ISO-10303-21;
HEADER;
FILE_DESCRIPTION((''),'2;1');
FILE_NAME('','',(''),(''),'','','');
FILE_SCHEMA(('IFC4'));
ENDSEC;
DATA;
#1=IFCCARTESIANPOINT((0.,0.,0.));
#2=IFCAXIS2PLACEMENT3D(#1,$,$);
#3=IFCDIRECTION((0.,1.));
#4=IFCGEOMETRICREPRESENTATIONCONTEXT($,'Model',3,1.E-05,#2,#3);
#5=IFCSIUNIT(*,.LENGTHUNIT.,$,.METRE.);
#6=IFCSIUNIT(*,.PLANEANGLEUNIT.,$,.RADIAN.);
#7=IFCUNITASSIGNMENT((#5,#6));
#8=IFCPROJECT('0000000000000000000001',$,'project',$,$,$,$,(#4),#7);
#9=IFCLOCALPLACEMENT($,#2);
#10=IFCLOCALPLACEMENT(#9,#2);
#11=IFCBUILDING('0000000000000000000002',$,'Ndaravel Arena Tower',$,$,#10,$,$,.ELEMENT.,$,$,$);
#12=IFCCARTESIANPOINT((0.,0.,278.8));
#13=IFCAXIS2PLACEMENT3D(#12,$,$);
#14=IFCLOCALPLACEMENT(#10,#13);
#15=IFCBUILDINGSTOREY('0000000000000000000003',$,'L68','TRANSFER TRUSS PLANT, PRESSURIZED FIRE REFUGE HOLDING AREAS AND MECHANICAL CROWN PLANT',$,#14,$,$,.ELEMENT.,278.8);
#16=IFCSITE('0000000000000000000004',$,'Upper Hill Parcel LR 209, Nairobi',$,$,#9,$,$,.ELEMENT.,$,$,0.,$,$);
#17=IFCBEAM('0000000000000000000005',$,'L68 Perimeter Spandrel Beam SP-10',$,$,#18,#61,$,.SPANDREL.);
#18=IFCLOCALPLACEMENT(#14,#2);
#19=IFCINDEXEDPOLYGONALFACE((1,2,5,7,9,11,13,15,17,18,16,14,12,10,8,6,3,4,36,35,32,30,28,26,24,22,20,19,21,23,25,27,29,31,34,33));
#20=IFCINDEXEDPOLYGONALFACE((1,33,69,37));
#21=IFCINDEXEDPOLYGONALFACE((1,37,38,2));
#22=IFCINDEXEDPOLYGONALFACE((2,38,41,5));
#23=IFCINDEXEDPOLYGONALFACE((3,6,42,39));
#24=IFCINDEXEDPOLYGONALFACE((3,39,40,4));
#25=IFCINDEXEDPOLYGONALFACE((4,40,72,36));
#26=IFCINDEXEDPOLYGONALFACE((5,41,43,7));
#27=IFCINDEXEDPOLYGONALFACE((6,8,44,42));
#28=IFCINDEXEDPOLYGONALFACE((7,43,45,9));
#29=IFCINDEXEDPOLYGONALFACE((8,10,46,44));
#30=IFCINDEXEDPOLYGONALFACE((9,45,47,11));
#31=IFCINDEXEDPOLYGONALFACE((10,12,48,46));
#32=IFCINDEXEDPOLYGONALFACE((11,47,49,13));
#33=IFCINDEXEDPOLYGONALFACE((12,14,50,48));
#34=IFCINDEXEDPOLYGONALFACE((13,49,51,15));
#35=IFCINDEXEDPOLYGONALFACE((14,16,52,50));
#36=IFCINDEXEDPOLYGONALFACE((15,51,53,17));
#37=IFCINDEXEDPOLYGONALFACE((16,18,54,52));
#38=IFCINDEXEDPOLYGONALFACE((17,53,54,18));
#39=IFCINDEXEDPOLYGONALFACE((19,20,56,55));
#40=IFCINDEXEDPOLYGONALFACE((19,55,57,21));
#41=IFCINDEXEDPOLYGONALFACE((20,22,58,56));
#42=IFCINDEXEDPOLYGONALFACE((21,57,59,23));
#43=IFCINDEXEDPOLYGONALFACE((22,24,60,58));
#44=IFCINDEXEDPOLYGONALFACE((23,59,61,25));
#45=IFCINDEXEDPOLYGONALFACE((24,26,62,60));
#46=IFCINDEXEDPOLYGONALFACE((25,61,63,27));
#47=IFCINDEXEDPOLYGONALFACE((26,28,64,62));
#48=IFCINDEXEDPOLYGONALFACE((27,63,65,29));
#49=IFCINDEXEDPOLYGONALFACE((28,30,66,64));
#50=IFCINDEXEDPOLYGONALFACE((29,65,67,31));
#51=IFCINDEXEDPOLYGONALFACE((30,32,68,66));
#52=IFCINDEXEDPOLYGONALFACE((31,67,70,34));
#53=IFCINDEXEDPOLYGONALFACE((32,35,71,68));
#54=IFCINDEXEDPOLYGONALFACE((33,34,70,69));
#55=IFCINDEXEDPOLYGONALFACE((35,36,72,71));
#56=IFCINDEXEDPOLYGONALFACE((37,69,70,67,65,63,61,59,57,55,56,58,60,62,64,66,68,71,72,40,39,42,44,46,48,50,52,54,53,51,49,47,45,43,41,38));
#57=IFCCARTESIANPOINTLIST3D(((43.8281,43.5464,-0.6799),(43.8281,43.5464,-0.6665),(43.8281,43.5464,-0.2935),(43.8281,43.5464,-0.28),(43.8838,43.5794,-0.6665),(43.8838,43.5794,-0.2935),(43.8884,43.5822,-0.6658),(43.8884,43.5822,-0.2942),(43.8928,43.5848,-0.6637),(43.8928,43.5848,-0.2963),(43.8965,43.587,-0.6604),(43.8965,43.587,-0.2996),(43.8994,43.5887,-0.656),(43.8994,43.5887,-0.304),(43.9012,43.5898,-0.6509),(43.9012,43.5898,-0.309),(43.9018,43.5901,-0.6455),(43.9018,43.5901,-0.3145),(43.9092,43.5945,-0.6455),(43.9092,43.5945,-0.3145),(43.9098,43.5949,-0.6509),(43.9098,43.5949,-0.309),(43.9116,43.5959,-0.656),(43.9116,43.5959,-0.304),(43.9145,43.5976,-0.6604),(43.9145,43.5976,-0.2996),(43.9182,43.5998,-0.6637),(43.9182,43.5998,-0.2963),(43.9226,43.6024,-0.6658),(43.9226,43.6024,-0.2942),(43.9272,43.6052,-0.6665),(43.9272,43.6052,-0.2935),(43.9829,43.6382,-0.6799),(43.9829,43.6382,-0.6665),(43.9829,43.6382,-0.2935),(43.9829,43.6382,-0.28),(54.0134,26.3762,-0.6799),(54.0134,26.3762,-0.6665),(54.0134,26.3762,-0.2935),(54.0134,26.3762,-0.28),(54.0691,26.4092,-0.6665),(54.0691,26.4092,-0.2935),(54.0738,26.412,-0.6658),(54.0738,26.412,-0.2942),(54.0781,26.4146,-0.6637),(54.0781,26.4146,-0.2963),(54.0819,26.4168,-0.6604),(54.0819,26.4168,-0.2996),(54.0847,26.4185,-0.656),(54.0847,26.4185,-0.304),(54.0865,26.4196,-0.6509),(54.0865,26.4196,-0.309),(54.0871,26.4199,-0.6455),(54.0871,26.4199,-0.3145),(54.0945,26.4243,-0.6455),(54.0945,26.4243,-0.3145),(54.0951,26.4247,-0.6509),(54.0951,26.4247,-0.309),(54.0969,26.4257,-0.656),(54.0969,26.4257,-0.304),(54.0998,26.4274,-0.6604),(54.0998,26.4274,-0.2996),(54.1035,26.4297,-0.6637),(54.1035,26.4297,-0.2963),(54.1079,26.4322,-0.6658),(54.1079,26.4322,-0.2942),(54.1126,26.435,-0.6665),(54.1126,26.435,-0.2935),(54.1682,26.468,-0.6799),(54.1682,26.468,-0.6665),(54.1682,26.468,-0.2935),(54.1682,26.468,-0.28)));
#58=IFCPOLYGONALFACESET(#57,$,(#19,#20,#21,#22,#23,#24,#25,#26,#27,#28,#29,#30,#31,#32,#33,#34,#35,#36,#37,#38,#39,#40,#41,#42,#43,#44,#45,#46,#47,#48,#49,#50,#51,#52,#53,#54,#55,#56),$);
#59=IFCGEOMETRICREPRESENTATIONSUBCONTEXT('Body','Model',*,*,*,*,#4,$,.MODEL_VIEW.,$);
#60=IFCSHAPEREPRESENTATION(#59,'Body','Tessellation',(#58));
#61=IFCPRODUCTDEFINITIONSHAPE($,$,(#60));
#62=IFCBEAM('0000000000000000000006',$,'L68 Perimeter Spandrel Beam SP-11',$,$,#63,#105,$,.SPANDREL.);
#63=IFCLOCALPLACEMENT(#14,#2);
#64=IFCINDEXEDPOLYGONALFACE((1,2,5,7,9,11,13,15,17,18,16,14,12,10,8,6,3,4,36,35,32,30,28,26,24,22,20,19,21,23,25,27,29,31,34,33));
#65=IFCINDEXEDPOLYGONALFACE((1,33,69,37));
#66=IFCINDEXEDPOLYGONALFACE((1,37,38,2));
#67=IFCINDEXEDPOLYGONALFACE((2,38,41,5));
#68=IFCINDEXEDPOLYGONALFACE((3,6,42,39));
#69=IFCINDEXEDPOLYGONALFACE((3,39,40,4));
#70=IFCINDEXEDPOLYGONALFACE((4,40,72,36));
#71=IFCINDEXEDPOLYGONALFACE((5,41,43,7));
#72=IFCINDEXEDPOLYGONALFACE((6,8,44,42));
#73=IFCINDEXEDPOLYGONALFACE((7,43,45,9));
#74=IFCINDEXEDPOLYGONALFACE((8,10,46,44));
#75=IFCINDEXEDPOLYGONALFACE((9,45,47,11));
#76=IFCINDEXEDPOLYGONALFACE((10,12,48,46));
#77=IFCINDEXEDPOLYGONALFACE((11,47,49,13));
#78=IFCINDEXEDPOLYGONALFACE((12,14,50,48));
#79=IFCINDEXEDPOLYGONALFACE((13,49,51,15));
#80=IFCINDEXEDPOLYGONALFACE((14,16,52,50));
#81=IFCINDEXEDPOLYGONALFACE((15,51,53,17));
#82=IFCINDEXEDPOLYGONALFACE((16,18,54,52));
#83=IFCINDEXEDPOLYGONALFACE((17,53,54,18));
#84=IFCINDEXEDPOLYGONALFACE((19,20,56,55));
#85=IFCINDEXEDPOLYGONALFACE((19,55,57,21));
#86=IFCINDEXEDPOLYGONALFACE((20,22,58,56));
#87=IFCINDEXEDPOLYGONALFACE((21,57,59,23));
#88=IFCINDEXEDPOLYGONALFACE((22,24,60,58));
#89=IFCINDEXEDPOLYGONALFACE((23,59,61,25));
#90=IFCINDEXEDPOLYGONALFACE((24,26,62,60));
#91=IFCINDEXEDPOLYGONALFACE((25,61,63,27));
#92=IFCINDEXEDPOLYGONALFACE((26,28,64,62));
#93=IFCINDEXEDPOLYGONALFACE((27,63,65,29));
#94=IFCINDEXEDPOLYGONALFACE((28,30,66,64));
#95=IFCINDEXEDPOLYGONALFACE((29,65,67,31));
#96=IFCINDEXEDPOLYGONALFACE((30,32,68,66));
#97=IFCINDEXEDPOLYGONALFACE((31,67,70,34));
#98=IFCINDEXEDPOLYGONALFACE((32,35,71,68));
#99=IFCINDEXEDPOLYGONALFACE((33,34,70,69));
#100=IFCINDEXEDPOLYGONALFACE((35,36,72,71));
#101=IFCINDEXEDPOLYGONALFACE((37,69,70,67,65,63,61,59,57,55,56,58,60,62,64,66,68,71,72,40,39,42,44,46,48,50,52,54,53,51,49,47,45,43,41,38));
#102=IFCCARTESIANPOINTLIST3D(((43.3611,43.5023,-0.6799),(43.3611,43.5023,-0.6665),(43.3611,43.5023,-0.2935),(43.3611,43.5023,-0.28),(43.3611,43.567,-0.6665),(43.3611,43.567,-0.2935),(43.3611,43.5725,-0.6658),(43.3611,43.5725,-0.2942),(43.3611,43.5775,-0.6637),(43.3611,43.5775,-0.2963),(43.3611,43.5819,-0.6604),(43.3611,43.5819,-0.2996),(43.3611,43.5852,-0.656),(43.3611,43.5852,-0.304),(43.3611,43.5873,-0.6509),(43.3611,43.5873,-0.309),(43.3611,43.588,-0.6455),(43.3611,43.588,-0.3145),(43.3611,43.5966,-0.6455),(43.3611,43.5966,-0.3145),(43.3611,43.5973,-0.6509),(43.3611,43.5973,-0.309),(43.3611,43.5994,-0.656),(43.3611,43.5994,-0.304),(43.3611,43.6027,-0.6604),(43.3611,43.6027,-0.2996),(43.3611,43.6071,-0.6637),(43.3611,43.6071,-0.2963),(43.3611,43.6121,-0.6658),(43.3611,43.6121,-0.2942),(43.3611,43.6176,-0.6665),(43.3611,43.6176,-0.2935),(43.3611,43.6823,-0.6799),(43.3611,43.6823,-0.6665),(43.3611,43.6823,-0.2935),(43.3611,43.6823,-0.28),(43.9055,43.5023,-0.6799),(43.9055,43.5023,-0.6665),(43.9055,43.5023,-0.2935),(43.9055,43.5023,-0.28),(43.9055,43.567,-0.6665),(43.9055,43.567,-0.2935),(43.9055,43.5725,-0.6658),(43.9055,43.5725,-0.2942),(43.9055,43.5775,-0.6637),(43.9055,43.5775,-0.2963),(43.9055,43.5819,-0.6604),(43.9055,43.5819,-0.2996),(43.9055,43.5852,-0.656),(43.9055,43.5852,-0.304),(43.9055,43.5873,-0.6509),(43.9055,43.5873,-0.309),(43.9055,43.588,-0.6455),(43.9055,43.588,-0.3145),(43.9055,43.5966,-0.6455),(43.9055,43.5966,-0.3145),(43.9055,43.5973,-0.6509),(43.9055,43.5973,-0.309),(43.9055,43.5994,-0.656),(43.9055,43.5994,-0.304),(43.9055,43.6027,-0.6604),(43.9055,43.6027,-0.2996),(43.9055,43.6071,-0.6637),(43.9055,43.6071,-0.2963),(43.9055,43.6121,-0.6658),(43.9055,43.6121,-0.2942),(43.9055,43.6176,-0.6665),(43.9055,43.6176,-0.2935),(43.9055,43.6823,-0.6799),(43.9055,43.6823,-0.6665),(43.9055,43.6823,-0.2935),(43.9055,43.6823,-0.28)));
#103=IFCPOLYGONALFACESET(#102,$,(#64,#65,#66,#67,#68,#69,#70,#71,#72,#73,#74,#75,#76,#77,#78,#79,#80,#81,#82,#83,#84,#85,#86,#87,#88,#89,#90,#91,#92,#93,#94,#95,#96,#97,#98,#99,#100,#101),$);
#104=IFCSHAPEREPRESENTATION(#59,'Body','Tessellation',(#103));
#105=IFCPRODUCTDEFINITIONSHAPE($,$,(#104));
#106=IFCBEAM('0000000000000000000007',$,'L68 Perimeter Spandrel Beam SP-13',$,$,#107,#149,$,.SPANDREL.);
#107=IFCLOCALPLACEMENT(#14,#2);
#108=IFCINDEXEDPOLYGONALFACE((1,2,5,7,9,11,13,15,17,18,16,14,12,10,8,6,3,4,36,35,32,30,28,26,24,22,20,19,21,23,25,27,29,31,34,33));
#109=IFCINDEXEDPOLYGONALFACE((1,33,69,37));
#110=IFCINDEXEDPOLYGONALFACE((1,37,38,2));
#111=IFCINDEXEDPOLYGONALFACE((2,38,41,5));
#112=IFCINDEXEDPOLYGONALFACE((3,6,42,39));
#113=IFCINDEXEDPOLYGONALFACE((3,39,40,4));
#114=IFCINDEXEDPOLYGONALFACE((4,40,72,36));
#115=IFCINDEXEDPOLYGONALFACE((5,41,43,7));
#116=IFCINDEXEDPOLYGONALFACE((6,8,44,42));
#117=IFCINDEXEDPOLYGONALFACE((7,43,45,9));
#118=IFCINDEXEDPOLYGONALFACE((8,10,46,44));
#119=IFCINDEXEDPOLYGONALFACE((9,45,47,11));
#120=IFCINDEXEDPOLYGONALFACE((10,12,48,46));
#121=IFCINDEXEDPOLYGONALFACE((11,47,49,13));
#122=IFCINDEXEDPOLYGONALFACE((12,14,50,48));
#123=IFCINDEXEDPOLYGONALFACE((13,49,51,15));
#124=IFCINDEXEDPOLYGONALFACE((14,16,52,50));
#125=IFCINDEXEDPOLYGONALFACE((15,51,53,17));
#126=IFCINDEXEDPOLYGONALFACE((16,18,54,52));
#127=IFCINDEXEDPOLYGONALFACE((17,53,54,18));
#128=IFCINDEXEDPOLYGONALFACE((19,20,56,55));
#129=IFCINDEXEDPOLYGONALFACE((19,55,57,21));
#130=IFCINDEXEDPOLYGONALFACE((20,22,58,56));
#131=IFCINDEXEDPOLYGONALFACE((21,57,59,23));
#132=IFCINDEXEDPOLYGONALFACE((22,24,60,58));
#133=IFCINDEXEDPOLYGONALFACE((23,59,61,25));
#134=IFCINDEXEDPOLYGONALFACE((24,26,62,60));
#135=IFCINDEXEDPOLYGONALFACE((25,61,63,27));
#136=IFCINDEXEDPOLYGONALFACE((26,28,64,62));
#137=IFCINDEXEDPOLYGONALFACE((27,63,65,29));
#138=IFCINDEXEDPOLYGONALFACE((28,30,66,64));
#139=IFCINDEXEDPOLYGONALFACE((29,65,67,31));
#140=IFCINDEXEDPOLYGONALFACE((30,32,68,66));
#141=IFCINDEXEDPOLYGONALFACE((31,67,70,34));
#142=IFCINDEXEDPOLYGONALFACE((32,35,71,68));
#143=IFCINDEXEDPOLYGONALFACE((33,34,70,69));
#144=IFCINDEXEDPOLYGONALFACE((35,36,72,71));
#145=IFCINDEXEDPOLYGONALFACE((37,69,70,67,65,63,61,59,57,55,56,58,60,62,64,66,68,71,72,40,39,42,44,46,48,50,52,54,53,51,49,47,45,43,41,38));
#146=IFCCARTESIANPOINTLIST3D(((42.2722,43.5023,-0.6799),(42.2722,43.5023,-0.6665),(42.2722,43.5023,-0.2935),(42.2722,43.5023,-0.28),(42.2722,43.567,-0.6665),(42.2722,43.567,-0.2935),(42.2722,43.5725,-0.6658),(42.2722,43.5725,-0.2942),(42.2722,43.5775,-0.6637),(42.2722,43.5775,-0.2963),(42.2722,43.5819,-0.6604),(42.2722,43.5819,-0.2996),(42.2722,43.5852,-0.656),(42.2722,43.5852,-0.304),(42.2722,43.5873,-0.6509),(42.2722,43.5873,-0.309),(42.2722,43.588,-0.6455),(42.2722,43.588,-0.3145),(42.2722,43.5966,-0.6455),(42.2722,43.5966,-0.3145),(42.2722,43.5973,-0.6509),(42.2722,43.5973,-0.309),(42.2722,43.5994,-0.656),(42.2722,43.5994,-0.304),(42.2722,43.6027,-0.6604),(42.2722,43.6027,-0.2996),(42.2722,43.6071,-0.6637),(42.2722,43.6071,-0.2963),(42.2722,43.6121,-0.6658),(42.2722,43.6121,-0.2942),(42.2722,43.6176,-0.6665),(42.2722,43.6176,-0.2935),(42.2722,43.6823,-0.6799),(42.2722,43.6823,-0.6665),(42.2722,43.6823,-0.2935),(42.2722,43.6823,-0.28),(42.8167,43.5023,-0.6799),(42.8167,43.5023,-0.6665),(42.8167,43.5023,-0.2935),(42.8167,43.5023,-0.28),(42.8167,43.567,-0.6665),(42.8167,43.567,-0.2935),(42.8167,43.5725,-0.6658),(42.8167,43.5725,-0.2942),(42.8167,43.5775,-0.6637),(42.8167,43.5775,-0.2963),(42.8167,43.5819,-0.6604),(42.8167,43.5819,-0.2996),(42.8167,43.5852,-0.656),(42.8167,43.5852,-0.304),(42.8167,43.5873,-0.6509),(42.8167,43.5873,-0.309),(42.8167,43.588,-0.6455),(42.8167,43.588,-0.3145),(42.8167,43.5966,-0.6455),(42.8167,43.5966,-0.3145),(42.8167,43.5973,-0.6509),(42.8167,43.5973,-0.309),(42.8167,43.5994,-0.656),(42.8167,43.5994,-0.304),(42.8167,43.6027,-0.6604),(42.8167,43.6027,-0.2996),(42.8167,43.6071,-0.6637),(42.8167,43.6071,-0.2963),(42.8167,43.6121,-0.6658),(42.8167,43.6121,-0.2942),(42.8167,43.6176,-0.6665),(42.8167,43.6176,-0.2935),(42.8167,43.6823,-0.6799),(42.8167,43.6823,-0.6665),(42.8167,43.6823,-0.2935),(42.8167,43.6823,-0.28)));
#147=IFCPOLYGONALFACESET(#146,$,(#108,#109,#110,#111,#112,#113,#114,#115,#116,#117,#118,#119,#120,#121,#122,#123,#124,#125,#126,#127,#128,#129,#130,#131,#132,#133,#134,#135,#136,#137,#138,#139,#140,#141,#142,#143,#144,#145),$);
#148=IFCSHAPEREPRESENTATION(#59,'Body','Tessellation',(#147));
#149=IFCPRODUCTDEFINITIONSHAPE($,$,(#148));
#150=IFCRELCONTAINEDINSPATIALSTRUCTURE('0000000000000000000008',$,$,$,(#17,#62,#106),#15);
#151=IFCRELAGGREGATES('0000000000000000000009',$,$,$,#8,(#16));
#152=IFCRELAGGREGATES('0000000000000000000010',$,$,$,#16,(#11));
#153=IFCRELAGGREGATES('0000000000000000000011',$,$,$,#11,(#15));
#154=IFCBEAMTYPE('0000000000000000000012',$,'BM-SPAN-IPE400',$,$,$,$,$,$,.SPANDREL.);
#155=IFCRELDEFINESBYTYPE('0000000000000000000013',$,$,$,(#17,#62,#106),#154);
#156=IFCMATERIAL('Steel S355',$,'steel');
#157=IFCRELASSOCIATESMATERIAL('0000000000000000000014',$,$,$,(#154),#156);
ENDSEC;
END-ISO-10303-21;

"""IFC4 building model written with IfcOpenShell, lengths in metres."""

from ifc_helpers import new_model, si_unit, direction, frame, origin, origin_2d, place, context, subcontext, project, spatial, i_section, extrude, material, material_profile, profile_set, type_object, element, save


model = new_model("IFC4")

# Units and contexts
model_context = context("Model", 3, precision=1e-05, world=origin(), true_north=direction((0.0, 1.0)))
body_context = subcontext(model_context, "Body", "Model", "MODEL_VIEW")
ifc_project = project(units=[si_unit("LENGTHUNIT", "METRE"), si_unit("PLANEANGLEUNIT", "RADIAN")], contexts=[model_context])

# Site, building, storey
site_placement = place(None, origin())
site = spatial("IfcSite", under=ifc_project, at=site_placement, Name="Upper Hill Parcel LR 209, Nairobi", CompositionType="ELEMENT", RefElevation=0.0)
building_placement = place(site_placement, origin())
building = spatial("IfcBuilding", under=site, at=building_placement, Name="Ndaravel Arena Tower", CompositionType="ELEMENT")
storey_placement = place(building_placement, frame((0.0, 0.0, 278.8)))
storey = spatial("IfcBuildingStorey", under=building, at=storey_placement, Name="L68", Description="TRANSFER TRUSS PLANT, PRESSURIZED FIRE REFUGE HOLDING AREAS AND MECHANICAL CROWN PLANT", CompositionType="ELEMENT", Elevation=278.8)

# Beams
ifc_material_1 = material(Name="Steel S355", Category="steel")
ifc_material_profile_1 = material_profile(ifc_material_1, i_section(OverallWidth=0.1799, OverallDepth=0.3999, WebThickness=0.0085, FlangeThickness=0.0134, FilletRadius=0.021, at=origin_2d()), Name="IPE 400")
ifc_profile_set_1 = profile_set([ifc_material_profile_1], Name="Steel S355")
beam_type_1 = type_object("IfcBeamType", Name="BM-SPAN-IPE400", PredefinedType="SPANDREL", material=ifc_profile_set_1)
beam_1_placement = place(storey_placement, frame((54.0908, 26.4221, -0.48), z_axis=(-0.510188, 0.860063, 0.0), x_axis=(-0.860063, -0.510188, 0.0)))
element("IfcBeam", 1, at=beam_1_placement, inside=storey, type_object=beam_type_1, Name="L68 Perimeter Spandrel Beam SP-10", PredefinedType="SPANDREL", context=body_context, shape_type="SweptSolid", body=[
    extrude(i_section(OverallWidth=0.1799, OverallDepth=0.3999, WebThickness=0.0085, FlangeThickness=0.0134, FilletRadius=0.021, at=origin_2d()), origin(), (0.0, 0.0, 1.0), 19.9639),
])
for number, where, z_axis, x_axis, name in (
    (2, (43.9055, 43.5923, -0.48), (-1.0, 0.0, 0.0), (0.0, -1.0, 0.0), "L68 Perimeter Spandrel Beam SP-11"),
    (3, (42.8167, 43.5923, -0.48), (-1.0, 0.0, 0.0), (0.0, -1.0, 0.0), "L68 Perimeter Spandrel Beam SP-13"),
):
    element("IfcBeam", number, at=place(storey_placement, frame(where, z_axis=z_axis, x_axis=x_axis)), inside=storey, type_object=beam_type_1, Name=name, PredefinedType="SPANDREL", context=body_context, shape_type="SweptSolid", body=[
        extrude(i_section(OverallWidth=0.1799, OverallDepth=0.3999, WebThickness=0.0085, FlangeThickness=0.0134, FilletRadius=0.021, at=origin_2d()), origin(), (0.0, 0.0, 1.0), 0.5444),
    ])

save(model, "model.ifc")
